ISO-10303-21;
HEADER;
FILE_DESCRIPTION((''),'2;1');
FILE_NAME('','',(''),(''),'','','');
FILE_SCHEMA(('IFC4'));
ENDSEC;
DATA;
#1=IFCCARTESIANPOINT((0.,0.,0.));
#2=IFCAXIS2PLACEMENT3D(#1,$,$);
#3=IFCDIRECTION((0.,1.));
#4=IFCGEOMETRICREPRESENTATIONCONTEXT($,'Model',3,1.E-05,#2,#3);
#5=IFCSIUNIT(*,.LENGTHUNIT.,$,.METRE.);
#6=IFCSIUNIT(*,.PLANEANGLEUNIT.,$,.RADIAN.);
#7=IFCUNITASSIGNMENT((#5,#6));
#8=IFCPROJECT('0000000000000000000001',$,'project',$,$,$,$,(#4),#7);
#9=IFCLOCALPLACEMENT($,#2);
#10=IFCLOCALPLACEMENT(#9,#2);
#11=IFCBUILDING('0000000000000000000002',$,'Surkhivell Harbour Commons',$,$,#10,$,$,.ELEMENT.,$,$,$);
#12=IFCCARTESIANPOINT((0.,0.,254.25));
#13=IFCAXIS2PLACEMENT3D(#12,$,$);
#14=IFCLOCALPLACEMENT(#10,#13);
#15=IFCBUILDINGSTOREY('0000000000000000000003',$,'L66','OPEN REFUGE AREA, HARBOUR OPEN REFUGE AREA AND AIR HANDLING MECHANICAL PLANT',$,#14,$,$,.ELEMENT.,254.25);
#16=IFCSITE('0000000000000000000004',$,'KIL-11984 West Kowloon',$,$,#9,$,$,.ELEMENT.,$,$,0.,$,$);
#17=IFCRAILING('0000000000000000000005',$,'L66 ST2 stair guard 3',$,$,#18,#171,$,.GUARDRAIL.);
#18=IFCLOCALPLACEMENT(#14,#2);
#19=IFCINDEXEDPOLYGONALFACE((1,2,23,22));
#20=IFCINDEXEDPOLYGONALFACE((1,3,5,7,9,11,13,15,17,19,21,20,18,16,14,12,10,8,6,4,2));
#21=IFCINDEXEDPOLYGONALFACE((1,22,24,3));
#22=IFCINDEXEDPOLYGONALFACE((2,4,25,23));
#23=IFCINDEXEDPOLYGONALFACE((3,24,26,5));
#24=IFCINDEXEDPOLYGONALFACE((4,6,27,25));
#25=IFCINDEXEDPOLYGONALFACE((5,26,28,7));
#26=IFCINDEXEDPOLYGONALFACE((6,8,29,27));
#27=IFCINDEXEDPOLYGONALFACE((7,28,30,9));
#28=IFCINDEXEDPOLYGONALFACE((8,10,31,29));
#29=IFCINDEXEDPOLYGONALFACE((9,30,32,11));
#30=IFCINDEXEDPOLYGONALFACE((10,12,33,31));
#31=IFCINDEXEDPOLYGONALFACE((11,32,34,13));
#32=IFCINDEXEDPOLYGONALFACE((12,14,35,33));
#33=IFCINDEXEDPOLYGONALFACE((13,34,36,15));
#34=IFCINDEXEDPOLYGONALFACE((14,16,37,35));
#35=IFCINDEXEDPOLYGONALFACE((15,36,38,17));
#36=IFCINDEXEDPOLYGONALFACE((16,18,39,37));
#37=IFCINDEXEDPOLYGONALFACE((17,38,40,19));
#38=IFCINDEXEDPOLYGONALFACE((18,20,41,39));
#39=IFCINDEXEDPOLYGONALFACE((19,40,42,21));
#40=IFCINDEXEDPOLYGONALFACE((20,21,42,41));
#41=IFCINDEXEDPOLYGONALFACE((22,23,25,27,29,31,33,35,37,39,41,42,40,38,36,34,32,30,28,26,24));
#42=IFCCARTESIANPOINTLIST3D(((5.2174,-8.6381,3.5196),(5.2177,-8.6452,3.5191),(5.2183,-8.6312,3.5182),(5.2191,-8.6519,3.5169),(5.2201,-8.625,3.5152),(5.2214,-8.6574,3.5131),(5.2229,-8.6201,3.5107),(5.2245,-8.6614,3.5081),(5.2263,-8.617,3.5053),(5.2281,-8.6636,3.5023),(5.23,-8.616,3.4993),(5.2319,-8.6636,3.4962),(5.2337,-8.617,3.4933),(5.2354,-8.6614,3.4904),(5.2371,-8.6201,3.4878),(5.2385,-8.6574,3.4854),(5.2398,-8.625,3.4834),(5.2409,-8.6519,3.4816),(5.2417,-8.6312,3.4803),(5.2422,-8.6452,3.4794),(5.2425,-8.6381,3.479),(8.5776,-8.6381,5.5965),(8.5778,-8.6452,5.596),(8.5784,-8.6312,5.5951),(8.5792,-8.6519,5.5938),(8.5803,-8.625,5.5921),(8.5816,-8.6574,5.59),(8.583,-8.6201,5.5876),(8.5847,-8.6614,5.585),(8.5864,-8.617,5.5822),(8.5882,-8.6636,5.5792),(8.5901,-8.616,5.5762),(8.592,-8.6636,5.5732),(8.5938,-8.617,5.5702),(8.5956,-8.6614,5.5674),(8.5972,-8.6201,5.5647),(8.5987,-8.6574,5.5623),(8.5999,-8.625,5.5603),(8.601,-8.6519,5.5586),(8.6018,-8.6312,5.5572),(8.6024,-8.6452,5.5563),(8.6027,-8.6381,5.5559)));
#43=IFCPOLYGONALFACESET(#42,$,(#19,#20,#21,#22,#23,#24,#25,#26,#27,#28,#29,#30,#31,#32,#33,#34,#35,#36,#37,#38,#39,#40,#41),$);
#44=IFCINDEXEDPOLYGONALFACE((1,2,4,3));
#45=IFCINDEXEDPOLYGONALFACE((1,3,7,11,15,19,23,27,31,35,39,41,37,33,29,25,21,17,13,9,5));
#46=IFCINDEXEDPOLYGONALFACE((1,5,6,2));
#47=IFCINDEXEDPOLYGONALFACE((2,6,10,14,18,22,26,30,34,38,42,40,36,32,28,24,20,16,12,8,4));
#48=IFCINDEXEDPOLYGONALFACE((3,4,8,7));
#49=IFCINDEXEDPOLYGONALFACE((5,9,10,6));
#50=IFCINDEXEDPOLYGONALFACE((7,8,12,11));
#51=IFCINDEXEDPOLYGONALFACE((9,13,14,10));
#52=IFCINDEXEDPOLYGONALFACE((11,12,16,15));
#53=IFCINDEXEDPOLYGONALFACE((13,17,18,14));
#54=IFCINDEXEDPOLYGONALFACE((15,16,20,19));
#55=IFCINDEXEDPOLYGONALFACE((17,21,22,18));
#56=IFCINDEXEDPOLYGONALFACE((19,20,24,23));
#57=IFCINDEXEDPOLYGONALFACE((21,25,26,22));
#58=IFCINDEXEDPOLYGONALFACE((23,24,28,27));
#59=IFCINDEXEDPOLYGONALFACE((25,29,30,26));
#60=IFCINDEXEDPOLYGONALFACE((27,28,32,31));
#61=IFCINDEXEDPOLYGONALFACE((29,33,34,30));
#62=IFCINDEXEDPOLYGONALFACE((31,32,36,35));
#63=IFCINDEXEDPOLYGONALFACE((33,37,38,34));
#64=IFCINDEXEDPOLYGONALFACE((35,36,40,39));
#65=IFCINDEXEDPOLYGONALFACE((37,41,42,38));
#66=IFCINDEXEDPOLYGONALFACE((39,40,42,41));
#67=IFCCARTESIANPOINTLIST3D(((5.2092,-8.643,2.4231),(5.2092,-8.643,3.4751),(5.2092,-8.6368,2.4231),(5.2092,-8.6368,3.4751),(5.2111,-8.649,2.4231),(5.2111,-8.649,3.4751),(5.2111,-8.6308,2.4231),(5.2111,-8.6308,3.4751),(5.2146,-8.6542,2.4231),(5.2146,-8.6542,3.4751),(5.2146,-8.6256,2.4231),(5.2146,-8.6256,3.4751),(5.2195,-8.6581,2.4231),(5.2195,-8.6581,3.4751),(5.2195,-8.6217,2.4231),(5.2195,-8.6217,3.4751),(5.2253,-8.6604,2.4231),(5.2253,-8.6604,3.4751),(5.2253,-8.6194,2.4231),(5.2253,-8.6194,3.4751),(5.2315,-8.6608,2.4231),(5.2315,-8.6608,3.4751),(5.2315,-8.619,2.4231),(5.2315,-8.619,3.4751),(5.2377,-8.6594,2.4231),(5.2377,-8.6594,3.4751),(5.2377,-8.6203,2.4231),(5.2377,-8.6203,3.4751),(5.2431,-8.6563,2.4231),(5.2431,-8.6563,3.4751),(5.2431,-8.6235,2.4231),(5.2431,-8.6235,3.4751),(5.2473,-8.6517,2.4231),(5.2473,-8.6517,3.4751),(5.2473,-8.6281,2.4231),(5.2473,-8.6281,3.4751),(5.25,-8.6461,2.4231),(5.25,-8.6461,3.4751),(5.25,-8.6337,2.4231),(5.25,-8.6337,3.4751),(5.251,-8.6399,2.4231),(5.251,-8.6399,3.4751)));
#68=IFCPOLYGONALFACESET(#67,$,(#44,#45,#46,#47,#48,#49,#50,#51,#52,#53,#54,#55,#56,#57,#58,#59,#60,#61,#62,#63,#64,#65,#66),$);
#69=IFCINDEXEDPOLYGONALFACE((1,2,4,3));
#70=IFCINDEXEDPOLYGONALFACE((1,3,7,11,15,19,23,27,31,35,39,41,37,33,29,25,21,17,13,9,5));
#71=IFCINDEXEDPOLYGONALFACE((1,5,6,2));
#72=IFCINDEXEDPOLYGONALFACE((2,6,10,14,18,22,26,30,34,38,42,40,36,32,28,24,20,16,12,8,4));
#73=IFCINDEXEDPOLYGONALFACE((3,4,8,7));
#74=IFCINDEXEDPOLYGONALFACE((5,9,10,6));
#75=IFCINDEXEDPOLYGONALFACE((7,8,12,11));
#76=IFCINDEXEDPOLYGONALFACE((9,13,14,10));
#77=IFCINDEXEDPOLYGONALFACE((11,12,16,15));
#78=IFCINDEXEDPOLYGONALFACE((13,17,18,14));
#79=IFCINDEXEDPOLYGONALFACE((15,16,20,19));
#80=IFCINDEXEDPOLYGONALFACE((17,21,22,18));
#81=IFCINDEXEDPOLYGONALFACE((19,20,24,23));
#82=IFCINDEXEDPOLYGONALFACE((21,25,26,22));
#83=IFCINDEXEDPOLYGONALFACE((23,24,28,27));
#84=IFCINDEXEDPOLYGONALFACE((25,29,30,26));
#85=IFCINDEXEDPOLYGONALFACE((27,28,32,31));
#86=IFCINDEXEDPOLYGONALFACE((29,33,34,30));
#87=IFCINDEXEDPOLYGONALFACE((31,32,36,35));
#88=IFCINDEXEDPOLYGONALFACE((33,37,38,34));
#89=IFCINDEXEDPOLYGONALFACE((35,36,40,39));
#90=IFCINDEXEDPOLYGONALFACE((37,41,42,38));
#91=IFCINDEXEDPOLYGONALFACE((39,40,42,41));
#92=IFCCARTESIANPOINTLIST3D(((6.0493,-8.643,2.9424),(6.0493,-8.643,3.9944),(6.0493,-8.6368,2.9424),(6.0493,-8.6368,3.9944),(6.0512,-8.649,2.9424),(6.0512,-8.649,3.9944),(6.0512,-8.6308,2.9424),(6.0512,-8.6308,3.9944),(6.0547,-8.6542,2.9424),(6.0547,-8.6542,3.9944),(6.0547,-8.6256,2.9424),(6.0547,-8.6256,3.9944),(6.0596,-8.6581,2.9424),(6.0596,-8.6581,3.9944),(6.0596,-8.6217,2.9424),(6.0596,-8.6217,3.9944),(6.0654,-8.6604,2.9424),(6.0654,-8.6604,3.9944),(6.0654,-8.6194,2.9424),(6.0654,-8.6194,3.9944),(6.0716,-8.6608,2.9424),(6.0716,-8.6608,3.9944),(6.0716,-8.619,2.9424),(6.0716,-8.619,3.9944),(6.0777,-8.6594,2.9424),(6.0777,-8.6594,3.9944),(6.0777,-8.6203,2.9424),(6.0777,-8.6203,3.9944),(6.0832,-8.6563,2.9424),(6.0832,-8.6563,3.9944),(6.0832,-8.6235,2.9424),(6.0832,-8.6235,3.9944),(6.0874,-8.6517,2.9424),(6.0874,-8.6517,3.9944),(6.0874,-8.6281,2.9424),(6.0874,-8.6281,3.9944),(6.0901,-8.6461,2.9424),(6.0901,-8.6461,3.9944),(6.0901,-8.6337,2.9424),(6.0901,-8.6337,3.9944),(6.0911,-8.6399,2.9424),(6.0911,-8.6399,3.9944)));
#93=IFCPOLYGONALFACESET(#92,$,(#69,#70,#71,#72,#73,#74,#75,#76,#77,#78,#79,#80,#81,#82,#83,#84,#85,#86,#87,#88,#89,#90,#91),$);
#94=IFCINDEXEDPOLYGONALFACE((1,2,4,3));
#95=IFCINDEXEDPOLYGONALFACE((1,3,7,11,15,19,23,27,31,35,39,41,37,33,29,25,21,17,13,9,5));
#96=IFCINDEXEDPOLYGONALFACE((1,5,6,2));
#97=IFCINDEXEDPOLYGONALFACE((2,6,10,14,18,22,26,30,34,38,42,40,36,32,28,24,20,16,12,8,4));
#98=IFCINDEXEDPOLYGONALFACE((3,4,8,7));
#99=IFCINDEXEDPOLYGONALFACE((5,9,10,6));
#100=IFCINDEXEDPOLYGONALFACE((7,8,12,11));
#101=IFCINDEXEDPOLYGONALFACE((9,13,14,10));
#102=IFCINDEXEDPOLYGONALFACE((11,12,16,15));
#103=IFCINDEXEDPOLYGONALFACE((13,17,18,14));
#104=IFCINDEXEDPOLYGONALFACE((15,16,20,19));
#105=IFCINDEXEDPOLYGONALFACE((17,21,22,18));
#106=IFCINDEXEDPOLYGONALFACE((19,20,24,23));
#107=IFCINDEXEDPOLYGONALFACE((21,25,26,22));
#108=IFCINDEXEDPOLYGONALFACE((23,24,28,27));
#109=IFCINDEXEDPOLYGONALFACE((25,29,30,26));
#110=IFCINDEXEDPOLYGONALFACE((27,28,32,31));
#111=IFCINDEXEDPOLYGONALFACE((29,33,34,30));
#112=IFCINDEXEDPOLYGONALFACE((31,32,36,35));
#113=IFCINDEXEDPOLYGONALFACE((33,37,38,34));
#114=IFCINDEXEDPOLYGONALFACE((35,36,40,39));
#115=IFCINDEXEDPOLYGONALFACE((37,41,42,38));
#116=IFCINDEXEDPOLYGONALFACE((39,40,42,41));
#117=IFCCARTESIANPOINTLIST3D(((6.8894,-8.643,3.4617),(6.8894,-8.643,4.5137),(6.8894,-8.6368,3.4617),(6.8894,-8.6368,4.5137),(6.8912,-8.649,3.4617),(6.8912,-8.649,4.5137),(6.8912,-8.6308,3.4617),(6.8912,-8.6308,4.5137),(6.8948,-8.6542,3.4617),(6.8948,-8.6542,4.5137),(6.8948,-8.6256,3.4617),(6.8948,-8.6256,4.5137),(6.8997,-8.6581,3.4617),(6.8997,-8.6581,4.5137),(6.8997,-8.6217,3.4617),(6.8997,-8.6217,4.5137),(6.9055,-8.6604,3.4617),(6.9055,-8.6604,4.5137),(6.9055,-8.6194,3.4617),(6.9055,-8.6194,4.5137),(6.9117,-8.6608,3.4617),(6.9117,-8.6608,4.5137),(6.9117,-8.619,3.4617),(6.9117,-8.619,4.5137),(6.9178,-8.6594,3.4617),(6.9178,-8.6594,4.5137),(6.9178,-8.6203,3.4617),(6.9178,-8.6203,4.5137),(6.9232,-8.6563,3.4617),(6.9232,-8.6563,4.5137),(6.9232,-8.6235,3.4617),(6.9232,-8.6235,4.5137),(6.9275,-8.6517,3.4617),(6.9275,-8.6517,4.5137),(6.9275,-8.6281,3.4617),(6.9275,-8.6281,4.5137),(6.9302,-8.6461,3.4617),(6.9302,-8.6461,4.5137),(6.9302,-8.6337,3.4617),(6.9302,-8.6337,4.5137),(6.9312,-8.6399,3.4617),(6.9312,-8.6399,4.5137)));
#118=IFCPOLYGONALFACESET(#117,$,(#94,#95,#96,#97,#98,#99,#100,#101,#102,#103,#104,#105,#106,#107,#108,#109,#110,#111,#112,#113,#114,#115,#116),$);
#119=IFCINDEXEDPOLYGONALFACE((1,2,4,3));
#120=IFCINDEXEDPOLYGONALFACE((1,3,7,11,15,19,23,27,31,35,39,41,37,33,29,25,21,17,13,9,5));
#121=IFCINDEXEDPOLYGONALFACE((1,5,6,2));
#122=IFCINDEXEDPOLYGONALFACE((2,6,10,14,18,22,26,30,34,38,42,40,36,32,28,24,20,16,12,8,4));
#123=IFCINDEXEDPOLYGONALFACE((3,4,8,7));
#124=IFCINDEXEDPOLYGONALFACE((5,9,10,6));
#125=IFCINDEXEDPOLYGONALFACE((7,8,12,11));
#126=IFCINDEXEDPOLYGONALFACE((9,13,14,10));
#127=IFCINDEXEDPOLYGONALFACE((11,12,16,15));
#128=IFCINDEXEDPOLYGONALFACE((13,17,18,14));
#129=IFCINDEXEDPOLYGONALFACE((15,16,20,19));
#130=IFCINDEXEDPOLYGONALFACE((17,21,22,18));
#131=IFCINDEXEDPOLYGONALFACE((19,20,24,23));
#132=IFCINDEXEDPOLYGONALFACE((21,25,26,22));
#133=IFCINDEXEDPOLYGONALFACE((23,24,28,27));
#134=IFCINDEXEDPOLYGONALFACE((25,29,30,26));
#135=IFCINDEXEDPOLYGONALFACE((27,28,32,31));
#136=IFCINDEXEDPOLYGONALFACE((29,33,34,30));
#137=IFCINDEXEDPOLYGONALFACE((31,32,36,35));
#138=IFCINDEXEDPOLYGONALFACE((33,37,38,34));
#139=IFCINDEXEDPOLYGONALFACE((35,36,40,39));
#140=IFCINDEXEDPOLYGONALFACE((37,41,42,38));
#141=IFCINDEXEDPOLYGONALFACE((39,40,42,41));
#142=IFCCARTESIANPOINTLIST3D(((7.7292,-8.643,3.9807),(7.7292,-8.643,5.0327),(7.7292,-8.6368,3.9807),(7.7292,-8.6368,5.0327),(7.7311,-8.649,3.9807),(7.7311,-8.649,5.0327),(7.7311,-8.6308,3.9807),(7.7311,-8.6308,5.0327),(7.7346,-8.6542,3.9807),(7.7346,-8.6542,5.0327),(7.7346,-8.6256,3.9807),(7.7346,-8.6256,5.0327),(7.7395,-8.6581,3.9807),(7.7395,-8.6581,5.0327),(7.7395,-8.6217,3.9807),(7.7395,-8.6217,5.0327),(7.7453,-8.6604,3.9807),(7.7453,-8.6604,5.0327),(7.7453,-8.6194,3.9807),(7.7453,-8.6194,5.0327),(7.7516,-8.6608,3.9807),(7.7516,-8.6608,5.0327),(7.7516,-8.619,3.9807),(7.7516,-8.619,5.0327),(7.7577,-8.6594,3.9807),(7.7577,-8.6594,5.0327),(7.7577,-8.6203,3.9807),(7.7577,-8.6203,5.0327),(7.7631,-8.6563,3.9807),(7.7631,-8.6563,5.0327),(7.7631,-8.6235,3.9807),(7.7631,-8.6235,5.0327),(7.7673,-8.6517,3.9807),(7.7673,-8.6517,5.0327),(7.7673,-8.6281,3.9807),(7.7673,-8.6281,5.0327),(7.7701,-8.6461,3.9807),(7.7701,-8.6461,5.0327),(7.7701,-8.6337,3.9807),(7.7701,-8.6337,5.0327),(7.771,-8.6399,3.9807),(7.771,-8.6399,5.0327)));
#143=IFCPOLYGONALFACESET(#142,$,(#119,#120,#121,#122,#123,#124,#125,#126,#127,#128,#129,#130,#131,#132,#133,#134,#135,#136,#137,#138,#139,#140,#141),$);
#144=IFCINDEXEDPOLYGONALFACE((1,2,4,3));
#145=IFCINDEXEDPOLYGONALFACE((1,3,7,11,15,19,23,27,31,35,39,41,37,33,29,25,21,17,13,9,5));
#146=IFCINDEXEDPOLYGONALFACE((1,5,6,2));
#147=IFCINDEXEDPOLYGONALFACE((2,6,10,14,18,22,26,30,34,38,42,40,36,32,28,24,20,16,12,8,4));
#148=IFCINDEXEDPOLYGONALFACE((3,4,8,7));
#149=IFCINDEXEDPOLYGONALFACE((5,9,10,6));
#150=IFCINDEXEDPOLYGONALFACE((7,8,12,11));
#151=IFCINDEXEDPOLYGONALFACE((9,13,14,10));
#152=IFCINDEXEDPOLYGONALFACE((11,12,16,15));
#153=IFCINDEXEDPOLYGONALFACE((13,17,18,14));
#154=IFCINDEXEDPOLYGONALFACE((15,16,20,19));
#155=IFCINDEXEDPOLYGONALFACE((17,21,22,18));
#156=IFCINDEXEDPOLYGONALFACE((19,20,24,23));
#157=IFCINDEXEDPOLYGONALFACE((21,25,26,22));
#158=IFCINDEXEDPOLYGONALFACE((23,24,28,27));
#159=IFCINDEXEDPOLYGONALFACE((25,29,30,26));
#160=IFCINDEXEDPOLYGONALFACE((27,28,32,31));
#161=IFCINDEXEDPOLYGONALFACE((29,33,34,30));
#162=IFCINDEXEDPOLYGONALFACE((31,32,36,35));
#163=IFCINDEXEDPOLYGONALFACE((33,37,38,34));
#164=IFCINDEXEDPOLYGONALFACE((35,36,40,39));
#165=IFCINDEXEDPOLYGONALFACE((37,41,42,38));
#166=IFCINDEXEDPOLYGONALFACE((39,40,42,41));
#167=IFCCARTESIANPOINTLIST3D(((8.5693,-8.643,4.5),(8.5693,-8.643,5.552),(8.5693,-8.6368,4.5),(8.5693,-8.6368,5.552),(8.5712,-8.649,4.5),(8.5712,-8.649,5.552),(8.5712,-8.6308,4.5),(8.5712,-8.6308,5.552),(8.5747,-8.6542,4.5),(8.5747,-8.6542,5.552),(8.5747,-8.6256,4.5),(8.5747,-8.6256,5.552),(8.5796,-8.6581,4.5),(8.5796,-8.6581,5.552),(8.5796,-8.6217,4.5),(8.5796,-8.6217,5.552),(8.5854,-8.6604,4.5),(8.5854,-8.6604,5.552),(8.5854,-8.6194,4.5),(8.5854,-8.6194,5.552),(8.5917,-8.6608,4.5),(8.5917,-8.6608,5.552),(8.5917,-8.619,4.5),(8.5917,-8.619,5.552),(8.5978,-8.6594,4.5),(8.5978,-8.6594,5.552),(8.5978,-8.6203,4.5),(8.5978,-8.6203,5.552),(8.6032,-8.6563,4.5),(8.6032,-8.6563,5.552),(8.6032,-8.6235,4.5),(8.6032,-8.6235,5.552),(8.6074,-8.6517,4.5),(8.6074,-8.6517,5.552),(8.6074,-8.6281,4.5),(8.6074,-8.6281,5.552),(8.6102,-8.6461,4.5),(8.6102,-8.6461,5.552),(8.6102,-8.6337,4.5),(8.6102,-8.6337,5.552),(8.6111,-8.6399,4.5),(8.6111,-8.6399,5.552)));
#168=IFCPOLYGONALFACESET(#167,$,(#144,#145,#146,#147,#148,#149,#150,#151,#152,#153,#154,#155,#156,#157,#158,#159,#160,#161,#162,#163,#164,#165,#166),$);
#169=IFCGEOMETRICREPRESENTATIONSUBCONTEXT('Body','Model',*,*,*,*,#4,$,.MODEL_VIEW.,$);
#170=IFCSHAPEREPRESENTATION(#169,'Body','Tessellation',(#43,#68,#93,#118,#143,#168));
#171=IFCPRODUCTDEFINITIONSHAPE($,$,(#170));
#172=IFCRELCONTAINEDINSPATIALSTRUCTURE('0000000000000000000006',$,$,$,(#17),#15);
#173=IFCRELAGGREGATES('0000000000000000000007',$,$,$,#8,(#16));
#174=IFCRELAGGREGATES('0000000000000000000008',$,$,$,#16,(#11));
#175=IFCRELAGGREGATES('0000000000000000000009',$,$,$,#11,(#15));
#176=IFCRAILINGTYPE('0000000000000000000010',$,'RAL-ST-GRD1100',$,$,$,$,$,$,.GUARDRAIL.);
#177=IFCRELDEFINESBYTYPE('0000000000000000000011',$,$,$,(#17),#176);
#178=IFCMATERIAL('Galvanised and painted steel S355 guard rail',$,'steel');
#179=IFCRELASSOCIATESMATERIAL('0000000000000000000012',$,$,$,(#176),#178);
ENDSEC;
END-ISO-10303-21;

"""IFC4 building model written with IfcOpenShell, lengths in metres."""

from ifc_helpers import new_model, si_unit, direction, frame, origin, origin_2d, place, context, subcontext, project, spatial, circle, extrude, material, type_object, element, save


model = new_model("IFC4")

# Units and contexts
model_context = context("Model", 3, precision=1e-05, world=origin(), true_north=direction((0.0, 1.0)))
body_context = subcontext(model_context, "Body", "Model", "MODEL_VIEW")
ifc_project = project(units=[si_unit("LENGTHUNIT", "METRE"), si_unit("PLANEANGLEUNIT", "RADIAN")], contexts=[model_context])

# Site, building, storey
site_placement = place(None, origin())
site = spatial("IfcSite", under=ifc_project, at=site_placement, Name="KIL-11984 West Kowloon", CompositionType="ELEMENT", RefElevation=0.0)
building_placement = place(site_placement, origin())
building = spatial("IfcBuilding", under=site, at=building_placement, Name="Surkhivell Harbour Commons", CompositionType="ELEMENT")
storey_placement = place(building_placement, frame((0.0, 0.0, 254.25)))
storey = spatial("IfcBuildingStorey", under=building, at=storey_placement, Name="L66", Description="OPEN REFUGE AREA, HARBOUR OPEN REFUGE AREA AND AIR HANDLING MECHANICAL PLANT", CompositionType="ELEMENT", Elevation=254.25)

# Railing
ifc_material_1 = material(Name="Galvanised and painted steel S355 guard rail", Category="steel")
railing_type_1 = type_object("IfcRailingType", Name="RAL-ST-GRD1100", PredefinedType="GUARDRAIL", material=ifc_material_1)
railing_1_placement = place(storey_placement, frame((5.23, -8.6399, 2.4231)))
element("IfcRailing", 1, at=railing_1_placement, inside=storey, type_object=railing_type_1, Name="L66 ST2 stair guard 3", PredefinedType="GUARDRAIL", context=body_context, shape_type="SweptSolid", body=[
    extrude(circle(Radius=0.0239, at=origin_2d()), frame((0.0, 0.0, 1.0762), z_axis=(0.850623, 0.0, 0.525776), x_axis=(0.0, 1.0, 0.0)), (0.0, 0.0, 1.0), 3.9502),
    extrude(circle(Radius=0.021, at=origin_2d()), origin(), (0.0, 0.0, 1.0), 1.052),
    extrude(circle(Radius=0.021, at=origin_2d()), frame((0.8401, 0.0, 0.5193)), (0.0, 0.0, 1.0), 1.052),
    extrude(circle(Radius=0.021, at=origin_2d()), frame((1.6802, 0.0, 1.0386)), (0.0, 0.0, 1.0), 1.052),
    extrude(circle(Radius=0.021, at=origin_2d()), frame((2.52, 0.0, 1.5576)), (0.0, 0.0, 1.0), 1.052),
    extrude(circle(Radius=0.021, at=origin_2d()), frame((3.3601, 0.0, 2.0769)), (0.0, 0.0, 1.0), 1.052),
])

save(model, "model.ifc")
